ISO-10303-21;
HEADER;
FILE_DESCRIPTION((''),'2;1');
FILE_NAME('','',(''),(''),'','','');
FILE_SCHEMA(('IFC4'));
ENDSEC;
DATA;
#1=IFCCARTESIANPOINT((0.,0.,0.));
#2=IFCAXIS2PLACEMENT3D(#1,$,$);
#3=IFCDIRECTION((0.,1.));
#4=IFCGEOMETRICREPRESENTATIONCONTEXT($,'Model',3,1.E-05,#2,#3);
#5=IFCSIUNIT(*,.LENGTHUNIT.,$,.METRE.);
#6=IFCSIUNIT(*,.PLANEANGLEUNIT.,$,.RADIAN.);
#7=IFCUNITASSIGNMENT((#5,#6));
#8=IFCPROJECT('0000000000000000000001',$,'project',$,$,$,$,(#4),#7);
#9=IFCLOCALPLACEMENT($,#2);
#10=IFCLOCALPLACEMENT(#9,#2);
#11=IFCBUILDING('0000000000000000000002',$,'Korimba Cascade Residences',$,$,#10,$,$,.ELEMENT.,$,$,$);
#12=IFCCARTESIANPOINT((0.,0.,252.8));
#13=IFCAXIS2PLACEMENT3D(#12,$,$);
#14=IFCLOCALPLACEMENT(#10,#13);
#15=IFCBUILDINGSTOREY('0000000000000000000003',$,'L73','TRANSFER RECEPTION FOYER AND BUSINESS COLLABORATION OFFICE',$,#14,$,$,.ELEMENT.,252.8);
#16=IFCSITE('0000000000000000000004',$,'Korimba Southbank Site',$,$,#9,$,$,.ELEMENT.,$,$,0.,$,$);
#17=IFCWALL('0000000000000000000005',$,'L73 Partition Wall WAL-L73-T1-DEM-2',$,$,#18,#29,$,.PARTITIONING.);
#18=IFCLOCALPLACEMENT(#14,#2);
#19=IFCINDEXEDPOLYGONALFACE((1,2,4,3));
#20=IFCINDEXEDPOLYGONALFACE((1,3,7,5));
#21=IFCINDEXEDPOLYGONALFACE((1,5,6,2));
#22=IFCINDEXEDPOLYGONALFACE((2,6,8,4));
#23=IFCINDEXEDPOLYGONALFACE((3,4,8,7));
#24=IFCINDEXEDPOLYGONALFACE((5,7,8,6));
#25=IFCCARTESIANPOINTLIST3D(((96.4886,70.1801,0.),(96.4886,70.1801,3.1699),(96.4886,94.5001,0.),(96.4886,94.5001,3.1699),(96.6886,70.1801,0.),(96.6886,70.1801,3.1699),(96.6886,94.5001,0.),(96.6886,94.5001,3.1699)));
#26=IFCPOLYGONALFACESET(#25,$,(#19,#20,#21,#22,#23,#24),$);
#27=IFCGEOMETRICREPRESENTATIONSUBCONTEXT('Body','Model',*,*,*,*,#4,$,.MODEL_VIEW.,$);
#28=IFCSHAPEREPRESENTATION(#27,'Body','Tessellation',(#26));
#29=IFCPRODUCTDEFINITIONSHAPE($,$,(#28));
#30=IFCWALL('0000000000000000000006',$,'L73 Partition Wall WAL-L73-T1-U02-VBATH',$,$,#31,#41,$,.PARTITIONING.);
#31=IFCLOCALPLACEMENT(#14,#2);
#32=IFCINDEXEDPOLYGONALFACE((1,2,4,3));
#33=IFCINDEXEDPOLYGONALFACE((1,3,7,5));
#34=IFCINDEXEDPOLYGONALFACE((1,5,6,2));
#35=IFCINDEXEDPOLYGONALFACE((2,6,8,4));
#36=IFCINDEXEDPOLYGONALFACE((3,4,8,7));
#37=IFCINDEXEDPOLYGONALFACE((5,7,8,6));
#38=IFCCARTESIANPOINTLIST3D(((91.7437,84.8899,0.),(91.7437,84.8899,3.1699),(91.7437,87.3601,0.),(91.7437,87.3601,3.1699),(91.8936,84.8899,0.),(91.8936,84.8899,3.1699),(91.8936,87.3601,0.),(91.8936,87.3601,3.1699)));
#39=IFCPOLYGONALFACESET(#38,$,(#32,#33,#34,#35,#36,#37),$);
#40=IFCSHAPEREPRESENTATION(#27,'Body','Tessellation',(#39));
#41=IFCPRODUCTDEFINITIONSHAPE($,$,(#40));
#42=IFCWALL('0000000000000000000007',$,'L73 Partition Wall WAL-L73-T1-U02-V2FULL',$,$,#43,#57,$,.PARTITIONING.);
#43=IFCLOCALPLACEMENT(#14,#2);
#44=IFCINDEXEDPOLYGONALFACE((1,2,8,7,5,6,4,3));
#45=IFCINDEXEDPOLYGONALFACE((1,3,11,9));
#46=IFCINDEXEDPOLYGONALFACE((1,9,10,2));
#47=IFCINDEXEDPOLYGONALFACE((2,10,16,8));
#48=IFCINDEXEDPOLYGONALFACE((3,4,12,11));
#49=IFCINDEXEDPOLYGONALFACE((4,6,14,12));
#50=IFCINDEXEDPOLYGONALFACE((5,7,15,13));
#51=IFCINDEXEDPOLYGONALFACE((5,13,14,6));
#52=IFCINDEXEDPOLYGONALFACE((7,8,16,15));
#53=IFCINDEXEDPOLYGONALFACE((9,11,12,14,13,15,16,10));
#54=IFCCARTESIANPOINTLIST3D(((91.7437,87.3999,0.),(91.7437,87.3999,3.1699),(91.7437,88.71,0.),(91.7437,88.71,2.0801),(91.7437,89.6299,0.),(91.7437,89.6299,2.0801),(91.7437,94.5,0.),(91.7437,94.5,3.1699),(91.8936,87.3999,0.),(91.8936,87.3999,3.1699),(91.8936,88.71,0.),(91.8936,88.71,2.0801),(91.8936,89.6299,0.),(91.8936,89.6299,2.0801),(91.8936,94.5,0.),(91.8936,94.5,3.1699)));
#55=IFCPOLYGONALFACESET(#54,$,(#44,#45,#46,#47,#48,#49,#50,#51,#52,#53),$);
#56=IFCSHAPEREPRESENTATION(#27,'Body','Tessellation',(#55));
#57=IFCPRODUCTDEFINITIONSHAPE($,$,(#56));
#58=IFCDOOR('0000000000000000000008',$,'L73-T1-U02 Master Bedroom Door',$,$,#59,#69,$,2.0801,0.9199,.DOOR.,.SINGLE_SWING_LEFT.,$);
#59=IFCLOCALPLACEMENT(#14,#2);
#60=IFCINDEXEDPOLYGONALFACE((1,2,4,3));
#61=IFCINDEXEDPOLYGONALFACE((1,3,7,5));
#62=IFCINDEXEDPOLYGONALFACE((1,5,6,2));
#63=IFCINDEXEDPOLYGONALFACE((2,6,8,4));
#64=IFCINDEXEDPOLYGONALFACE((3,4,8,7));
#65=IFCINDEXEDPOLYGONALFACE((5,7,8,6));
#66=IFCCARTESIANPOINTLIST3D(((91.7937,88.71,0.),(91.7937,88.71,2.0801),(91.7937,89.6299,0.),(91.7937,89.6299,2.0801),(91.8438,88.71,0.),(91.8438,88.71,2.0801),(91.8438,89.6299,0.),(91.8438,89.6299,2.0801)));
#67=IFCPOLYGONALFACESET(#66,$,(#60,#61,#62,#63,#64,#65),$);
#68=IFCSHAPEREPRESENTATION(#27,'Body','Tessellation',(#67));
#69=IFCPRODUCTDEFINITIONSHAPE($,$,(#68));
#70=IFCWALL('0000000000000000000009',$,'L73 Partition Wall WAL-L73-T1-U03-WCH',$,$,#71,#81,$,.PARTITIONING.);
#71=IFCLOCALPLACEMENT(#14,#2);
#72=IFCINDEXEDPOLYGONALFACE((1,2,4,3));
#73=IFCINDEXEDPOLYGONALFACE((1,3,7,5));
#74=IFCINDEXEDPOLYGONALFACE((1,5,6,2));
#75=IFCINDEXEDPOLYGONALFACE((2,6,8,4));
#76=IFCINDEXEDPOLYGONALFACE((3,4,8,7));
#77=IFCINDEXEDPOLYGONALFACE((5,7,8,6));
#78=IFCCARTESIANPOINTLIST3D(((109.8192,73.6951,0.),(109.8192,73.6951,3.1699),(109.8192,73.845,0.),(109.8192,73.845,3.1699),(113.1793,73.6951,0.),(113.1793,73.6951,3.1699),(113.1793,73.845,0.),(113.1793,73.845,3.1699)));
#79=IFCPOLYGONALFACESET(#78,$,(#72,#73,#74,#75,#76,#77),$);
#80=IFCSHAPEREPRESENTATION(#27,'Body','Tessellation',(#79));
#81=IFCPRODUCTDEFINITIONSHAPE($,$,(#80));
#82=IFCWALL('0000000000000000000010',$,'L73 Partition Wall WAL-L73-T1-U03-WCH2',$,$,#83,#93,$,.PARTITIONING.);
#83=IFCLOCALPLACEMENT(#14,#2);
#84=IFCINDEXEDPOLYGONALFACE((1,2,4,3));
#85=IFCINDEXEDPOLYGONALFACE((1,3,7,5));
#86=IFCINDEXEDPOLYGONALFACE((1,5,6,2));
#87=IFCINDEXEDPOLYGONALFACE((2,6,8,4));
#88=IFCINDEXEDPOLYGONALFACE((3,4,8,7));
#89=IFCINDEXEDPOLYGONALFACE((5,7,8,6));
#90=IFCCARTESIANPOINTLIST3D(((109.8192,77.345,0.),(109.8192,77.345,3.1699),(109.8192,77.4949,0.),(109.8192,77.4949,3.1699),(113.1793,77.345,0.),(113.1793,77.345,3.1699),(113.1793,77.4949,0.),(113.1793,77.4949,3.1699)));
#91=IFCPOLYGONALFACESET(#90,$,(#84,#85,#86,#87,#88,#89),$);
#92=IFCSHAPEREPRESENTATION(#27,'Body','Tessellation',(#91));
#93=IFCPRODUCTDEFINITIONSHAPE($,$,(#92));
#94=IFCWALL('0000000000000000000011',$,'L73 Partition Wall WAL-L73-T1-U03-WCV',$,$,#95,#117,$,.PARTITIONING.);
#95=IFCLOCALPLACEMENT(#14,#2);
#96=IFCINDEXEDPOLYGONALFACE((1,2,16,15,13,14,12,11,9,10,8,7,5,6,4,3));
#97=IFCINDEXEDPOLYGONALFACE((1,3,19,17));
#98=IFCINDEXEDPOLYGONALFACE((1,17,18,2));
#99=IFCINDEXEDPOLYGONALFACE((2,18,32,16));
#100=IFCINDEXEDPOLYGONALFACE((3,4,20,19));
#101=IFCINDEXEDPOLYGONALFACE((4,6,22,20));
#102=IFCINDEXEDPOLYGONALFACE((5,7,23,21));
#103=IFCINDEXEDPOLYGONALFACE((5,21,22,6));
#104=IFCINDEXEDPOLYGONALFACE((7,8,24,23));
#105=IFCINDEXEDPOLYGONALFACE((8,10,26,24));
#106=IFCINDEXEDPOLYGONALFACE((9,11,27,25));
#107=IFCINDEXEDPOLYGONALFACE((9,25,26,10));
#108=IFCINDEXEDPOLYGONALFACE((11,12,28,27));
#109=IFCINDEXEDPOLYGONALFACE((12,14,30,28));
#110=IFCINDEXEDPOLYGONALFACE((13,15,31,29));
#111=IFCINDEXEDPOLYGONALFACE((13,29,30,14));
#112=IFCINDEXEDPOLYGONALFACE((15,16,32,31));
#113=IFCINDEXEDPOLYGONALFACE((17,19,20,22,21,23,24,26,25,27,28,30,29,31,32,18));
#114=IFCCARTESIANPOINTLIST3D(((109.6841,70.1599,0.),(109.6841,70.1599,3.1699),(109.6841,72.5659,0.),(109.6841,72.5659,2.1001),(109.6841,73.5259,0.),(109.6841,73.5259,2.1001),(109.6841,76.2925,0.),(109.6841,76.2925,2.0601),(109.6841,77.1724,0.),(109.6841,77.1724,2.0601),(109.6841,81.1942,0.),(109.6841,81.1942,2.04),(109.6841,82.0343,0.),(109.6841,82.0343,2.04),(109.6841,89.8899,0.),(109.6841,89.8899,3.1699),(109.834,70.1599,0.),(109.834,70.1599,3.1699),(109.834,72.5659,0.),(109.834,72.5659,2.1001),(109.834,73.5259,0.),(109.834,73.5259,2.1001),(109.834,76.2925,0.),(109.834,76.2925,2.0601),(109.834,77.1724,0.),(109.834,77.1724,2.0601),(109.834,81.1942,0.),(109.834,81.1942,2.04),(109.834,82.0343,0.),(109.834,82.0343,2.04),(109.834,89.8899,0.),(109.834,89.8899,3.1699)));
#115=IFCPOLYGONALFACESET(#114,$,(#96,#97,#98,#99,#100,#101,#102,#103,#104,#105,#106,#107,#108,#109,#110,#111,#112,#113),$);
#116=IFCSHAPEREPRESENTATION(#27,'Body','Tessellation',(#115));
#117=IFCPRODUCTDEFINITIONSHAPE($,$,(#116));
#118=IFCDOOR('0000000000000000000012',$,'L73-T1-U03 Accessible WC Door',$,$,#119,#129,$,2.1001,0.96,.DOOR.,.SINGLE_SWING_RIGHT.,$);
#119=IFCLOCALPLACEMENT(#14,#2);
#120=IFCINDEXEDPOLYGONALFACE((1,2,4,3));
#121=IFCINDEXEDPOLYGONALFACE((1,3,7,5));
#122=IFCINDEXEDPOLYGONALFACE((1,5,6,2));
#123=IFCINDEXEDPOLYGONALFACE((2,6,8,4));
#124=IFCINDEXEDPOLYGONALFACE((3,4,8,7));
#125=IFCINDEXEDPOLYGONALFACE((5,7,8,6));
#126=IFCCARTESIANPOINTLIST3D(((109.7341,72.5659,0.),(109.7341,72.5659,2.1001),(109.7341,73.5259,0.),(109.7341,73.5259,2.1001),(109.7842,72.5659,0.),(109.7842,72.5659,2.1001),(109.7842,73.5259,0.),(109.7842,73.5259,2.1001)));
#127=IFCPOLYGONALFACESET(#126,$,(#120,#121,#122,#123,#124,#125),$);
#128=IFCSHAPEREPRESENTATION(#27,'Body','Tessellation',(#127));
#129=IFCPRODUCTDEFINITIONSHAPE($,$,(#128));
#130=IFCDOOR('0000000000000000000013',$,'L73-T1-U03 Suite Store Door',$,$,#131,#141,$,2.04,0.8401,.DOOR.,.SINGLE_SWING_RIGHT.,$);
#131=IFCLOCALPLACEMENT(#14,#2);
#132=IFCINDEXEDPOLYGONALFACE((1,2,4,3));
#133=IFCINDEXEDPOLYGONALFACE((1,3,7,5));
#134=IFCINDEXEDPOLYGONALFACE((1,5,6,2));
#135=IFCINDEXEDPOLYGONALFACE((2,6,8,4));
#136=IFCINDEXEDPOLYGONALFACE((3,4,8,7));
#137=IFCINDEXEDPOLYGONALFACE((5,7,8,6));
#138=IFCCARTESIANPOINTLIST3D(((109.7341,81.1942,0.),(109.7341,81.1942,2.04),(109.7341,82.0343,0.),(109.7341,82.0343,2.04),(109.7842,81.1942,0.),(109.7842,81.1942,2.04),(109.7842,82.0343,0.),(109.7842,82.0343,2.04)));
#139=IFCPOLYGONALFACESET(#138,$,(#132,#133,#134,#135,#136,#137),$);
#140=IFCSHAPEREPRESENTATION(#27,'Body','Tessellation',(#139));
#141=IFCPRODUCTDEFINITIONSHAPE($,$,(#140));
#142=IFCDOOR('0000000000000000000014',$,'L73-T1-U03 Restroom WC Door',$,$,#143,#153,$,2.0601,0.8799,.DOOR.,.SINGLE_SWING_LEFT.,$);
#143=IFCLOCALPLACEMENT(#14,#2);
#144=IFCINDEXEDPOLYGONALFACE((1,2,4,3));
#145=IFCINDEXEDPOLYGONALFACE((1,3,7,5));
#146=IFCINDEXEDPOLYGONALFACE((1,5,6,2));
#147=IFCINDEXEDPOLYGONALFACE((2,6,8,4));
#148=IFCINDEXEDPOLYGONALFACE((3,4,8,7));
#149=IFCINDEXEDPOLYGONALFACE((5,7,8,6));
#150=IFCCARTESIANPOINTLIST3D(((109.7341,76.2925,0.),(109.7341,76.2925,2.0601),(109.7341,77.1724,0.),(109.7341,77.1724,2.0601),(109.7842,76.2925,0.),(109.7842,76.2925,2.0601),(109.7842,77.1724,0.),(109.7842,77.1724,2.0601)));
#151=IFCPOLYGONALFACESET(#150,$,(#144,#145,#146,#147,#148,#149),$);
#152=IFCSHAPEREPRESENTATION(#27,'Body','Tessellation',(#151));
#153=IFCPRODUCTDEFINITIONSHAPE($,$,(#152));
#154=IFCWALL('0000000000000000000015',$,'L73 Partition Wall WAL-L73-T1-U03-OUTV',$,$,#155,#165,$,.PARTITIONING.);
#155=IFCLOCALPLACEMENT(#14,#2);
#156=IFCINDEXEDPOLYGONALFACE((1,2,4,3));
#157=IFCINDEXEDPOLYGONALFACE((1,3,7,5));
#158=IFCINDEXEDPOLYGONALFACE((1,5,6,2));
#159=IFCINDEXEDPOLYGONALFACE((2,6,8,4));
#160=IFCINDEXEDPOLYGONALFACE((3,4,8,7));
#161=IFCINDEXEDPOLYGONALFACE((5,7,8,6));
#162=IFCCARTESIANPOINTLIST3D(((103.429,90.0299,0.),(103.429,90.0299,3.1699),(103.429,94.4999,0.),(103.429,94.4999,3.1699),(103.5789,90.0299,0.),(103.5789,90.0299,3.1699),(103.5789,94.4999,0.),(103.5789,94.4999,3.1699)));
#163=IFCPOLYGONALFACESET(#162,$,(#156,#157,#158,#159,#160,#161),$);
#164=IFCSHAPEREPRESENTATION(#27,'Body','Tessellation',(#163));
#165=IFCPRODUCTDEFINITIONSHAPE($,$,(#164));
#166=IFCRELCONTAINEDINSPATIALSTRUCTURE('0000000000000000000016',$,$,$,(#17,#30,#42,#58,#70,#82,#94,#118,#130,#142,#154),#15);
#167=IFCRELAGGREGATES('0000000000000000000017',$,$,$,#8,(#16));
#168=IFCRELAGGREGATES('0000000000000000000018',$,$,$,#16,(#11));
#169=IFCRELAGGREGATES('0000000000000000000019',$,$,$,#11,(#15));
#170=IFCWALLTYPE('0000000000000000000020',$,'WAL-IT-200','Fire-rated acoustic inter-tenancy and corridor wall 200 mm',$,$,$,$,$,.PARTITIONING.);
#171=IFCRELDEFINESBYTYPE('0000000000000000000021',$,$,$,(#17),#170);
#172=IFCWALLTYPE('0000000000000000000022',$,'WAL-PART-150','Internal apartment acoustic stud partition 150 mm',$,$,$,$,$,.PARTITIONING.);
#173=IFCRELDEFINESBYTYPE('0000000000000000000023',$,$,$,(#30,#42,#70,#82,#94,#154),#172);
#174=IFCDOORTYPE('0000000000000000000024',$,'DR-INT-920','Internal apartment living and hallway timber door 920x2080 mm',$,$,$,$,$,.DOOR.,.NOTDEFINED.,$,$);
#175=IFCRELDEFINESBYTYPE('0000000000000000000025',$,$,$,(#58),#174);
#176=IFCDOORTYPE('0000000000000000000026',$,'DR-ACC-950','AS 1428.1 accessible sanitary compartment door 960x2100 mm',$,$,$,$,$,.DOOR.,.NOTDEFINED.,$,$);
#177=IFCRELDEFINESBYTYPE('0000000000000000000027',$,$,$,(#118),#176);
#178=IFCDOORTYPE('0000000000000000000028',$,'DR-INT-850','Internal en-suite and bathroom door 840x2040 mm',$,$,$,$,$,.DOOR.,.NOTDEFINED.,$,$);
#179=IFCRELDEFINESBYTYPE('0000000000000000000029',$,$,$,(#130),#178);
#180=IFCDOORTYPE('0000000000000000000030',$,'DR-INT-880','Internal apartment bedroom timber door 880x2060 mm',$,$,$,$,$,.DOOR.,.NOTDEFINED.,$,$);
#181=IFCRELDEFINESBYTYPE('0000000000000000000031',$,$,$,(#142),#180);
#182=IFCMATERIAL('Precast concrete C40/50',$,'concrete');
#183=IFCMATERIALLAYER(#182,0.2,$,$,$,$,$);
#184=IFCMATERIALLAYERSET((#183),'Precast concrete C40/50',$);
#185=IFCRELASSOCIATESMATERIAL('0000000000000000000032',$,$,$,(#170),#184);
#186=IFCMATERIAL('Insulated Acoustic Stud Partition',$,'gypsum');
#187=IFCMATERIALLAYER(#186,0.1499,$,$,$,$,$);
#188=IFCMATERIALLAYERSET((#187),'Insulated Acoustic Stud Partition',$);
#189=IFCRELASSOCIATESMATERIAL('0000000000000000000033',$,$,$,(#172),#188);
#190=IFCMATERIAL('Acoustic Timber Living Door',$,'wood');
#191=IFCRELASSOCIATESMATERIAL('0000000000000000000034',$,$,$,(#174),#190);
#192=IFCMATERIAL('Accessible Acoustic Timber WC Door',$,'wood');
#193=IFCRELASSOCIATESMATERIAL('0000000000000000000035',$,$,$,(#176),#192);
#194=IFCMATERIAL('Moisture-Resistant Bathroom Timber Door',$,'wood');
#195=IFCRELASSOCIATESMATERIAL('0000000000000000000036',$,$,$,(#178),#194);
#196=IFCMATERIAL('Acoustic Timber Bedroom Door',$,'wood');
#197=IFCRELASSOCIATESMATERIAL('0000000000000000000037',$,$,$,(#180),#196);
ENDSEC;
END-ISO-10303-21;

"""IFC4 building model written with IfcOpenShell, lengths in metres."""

from ifc_helpers import new_model, si_unit, direction, frame, frame_2d, origin, place, context, subcontext, project, spatial, rectangle, extrude, material, layer, layer_set, type_object, element, fill, save


model = new_model("IFC4")

# Units and contexts
model_context = context("Model", 3, precision=1e-05, world=origin(), true_north=direction((0.0, 1.0)))
body_context = subcontext(model_context, "Body", "Model", "MODEL_VIEW")
ifc_project = project(units=[si_unit("LENGTHUNIT", "METRE"), si_unit("PLANEANGLEUNIT", "RADIAN")], contexts=[model_context])

# Site, building, storey
site_placement = place(None, origin())
site = spatial("IfcSite", under=ifc_project, at=site_placement, Name="Korimba Southbank Site", CompositionType="ELEMENT", RefElevation=0.0)
building_placement = place(site_placement, origin())
building = spatial("IfcBuilding", under=site, at=building_placement, Name="Korimba Cascade Residences", CompositionType="ELEMENT")
storey_placement = place(building_placement, frame((0.0, 0.0, 252.8)))
storey = spatial("IfcBuildingStorey", under=building, at=storey_placement, Name="L73", Description="TRANSFER RECEPTION FOYER AND BUSINESS COLLABORATION OFFICE", CompositionType="ELEMENT", Elevation=252.8)

# Walls
ifc_material_1 = material(Name="Precast concrete C40/50", Category="concrete")
ifc_layer_1 = layer(ifc_material_1, 0.2)
ifc_layer_set_1 = layer_set([ifc_layer_1], Name="Precast concrete C40/50")
wall_type_1 = type_object("IfcWallType", Name="WAL-IT-200", Description="Fire-rated acoustic inter-tenancy and corridor wall 200 mm", PredefinedType="PARTITIONING", material=ifc_layer_set_1)
wall_1_placement = place(storey_placement, frame((96.5886, 70.1799, 0.0), z_axis=(0.0, 0.0, 1.0), x_axis=(0.0, 1.0, 0.0)))
element("IfcWall", 1, at=wall_1_placement, inside=storey, type_object=wall_type_1, Name="L73 Partition Wall WAL-L73-T1-DEM-2", PredefinedType="PARTITIONING", context=body_context, shape_type="SweptSolid", body=[
    extrude(rectangle(XDim=24.3201, YDim=0.2, at=frame_2d((12.1602, 0.0))), origin(), (0.0, 0.0, 1.0), 3.1699),
])
ifc_material_2 = material(Name="Insulated Acoustic Stud Partition", Category="gypsum")
ifc_layer_2 = layer(ifc_material_2, 0.1499)
ifc_layer_set_2 = layer_set([ifc_layer_2], Name="Insulated Acoustic Stud Partition")
wall_type_2 = type_object("IfcWallType", Name="WAL-PART-150", Description="Internal apartment acoustic stud partition 150 mm", PredefinedType="PARTITIONING", material=ifc_layer_set_2)
wall_2_placement = place(storey_placement, frame((91.8186, 84.8899, 0.0), z_axis=(0.0, 0.0, 1.0), x_axis=(0.0, 1.0, 0.0)))
element("IfcWall", 2, at=wall_2_placement, inside=storey, type_object=wall_type_2, Name="L73 Partition Wall WAL-L73-T1-U02-VBATH", PredefinedType="PARTITIONING", context=body_context, shape_type="SweptSolid", body=[
    extrude(rectangle(XDim=2.4702, YDim=0.1499, at=frame_2d((1.2351, 0.0))), origin(), (0.0, 0.0, 1.0), 3.1699),
])

# Wall, opening, door
wall_3_placement = place(storey_placement, frame((91.8186, 87.3999, 0.0), z_axis=(0.0, 0.0, 1.0), x_axis=(0.0, 1.0, 0.0)))
wall_3 = element("IfcWall", 3, at=wall_3_placement, inside=storey, type_object=wall_type_2, Name="L73 Partition Wall WAL-L73-T1-U02-V2FULL", PredefinedType="PARTITIONING", context=body_context, shape_type="SweptSolid", body=[
    extrude(rectangle(XDim=7.1001, YDim=0.1499, at=frame_2d((3.55, 0.0))), origin(), (0.0, 0.0, 1.0), 3.1699),
])
opening_1_placement = place(wall_3_placement, frame((1.3101, 0.0, 0.0)))
opening_1 = element("IfcOpeningElement", 4, at=opening_1_placement, cuts=wall_3, PredefinedType="OPENING", context=body_context, shape_type="SweptSolid", body=[
    extrude(rectangle(XDim=0.9199, YDim=2.0801, at=frame_2d((0.46, 1.04))), frame((0.0, 0.085, 0.0), z_axis=(0.0, -1.0, 0.0), x_axis=(1.0, 0.0, 0.0)), (0.0, 0.0, 1.0), 0.1699),
])
ifc_material_3 = material(Name="Acoustic Timber Living Door", Category="wood")
door_type_1 = type_object("IfcDoorType", Name="DR-INT-920", Description="Internal apartment living and hallway timber door 920x2080 mm", OperationType="NOTDEFINED", PredefinedType="DOOR", material=ifc_material_3)
door_1_placement = place(opening_1_placement, origin())
door_1 = element("IfcDoor", 5, at=door_1_placement, inside=storey, type_object=door_type_1, Name="L73-T1-U02 Master Bedroom Door", OperationType="SINGLE_SWING_LEFT", OverallHeight=2.0801, OverallWidth=0.9199, PredefinedType="DOOR", context=body_context, shape_type="SweptSolid", body=[
    extrude(rectangle(XDim=0.9199, YDim=2.0801, at=frame_2d((0.46, 1.04))), frame((0.0, 0.0249, 0.0), z_axis=(0.0, -1.0, 0.0), x_axis=(1.0, 0.0, 0.0)), (0.0, 0.0, 1.0), 0.05),
])
fill(opening_1, door_1)

# Walls
for number, where, z_axis, x_axis, name in (
    (6, (109.8191, 73.77, 0.0), (0.0, 0.0, 1.0), (1.0, 0.0, 0.0), "L73 Partition Wall WAL-L73-T1-U03-WCH"),
    (7, (109.8191, 77.4199, 0.0), (0.0, 0.0, 1.0), (1.0, 0.0, 0.0), "L73 Partition Wall WAL-L73-T1-U03-WCH2"),
):
    element("IfcWall", number, at=place(storey_placement, frame(where, z_axis=z_axis, x_axis=x_axis)), inside=storey, type_object=wall_type_2, Name=name, PredefinedType="PARTITIONING", context=body_context, shape_type="SweptSolid", body=[
        extrude(rectangle(XDim=3.3601, YDim=0.1499, at=frame_2d((1.6802, 0.0))), origin(), (0.0, 0.0, 1.0), 3.1699),
    ])

# Wall, openings, doors
wall_4_placement = place(storey_placement, frame((109.759, 70.1599, 0.0), z_axis=(0.0, 0.0, 1.0), x_axis=(0.0, 1.0, 0.0)))
wall_4 = element("IfcWall", 8, at=wall_4_placement, inside=storey, type_object=wall_type_2, Name="L73 Partition Wall WAL-L73-T1-U03-WCV", PredefinedType="PARTITIONING", context=body_context, shape_type="SweptSolid", body=[
    extrude(rectangle(XDim=19.73, YDim=0.1499, at=frame_2d((9.865, 0.0))), origin(), (0.0, 0.0, 1.0), 3.1699),
])
opening_2_placement = place(wall_4_placement, frame((2.406, 0.0, 0.0)))
opening_2 = element("IfcOpeningElement", 9, at=opening_2_placement, cuts=wall_4, PredefinedType="OPENING", context=body_context, shape_type="SweptSolid", body=[
    extrude(rectangle(XDim=0.96, YDim=2.1001, at=frame_2d((0.48, 1.05))), frame((0.0, 0.085, 0.0), z_axis=(0.0, -1.0, 0.0), x_axis=(1.0, 0.0, 0.0)), (0.0, 0.0, 1.0), 0.1699),
])
opening_3_placement = place(wall_4_placement, frame((6.1326, 0.0, 0.0)))
opening_3 = element("IfcOpeningElement", 10, at=opening_3_placement, cuts=wall_4, PredefinedType="OPENING", context=body_context, shape_type="SweptSolid", body=[
    extrude(rectangle(XDim=0.8799, YDim=2.0601, at=frame_2d((0.4399, 1.03))), frame((0.0, 0.085, 0.0), z_axis=(0.0, -1.0, 0.0), x_axis=(1.0, 0.0, 0.0)), (0.0, 0.0, 1.0), 0.1699),
])
opening_4_placement = place(wall_4_placement, frame((11.0344, 0.0, 0.0)))
opening_4 = element("IfcOpeningElement", 11, at=opening_4_placement, cuts=wall_4, PredefinedType="OPENING", context=body_context, shape_type="SweptSolid", body=[
    extrude(rectangle(XDim=0.8401, YDim=2.04, at=frame_2d((0.4199, 1.02))), frame((0.0, 0.085, 0.0), z_axis=(0.0, -1.0, 0.0), x_axis=(1.0, 0.0, 0.0)), (0.0, 0.0, 1.0), 0.1699),
])
ifc_material_4 = material(Name="Accessible Acoustic Timber WC Door", Category="wood")
door_type_2 = type_object("IfcDoorType", Name="DR-ACC-950", Description="AS 1428.1 accessible sanitary compartment door 960x2100 mm", OperationType="NOTDEFINED", PredefinedType="DOOR", material=ifc_material_4)
door_2_placement = place(opening_2_placement, origin())
door_2 = element("IfcDoor", 12, at=door_2_placement, inside=storey, type_object=door_type_2, Name="L73-T1-U03 Accessible WC Door", OperationType="SINGLE_SWING_RIGHT", OverallHeight=2.1001, OverallWidth=0.96, PredefinedType="DOOR", context=body_context, shape_type="SweptSolid", body=[
    extrude(rectangle(XDim=0.96, YDim=2.1001, at=frame_2d((0.48, 1.05))), frame((0.0, 0.0249, 0.0), z_axis=(0.0, -1.0, 0.0), x_axis=(1.0, 0.0, 0.0)), (0.0, 0.0, 1.0), 0.05),
])
fill(opening_2, door_2)
ifc_material_5 = material(Name="Moisture-Resistant Bathroom Timber Door", Category="wood")
door_type_3 = type_object("IfcDoorType", Name="DR-INT-850", Description="Internal en-suite and bathroom door 840x2040 mm", OperationType="NOTDEFINED", PredefinedType="DOOR", material=ifc_material_5)
door_3_placement = place(opening_4_placement, origin())
door_3 = element("IfcDoor", 13, at=door_3_placement, inside=storey, type_object=door_type_3, Name="L73-T1-U03 Suite Store Door", OperationType="SINGLE_SWING_RIGHT", OverallHeight=2.04, OverallWidth=0.8401, PredefinedType="DOOR", context=body_context, shape_type="SweptSolid", body=[
    extrude(rectangle(XDim=0.8401, YDim=2.04, at=frame_2d((0.4199, 1.02))), frame((0.0, 0.0249, 0.0), z_axis=(0.0, -1.0, 0.0), x_axis=(1.0, 0.0, 0.0)), (0.0, 0.0, 1.0), 0.05),
])
fill(opening_4, door_3)
ifc_material_6 = material(Name="Acoustic Timber Bedroom Door", Category="wood")
door_type_4 = type_object("IfcDoorType", Name="DR-INT-880", Description="Internal apartment bedroom timber door 880x2060 mm", OperationType="NOTDEFINED", PredefinedType="DOOR", material=ifc_material_6)
door_4_placement = place(opening_3_placement, origin())
door_4 = element("IfcDoor", 14, at=door_4_placement, inside=storey, type_object=door_type_4, Name="L73-T1-U03 Restroom WC Door", OperationType="SINGLE_SWING_LEFT", OverallHeight=2.0601, OverallWidth=0.8799, PredefinedType="DOOR", context=body_context, shape_type="SweptSolid", body=[
    extrude(rectangle(XDim=0.8799, YDim=2.0601, at=frame_2d((0.4399, 1.03))), frame((0.0, 0.0249, 0.0), z_axis=(0.0, -1.0, 0.0), x_axis=(1.0, 0.0, 0.0)), (0.0, 0.0, 1.0), 0.05),
])
fill(opening_3, door_4)

# Wall
wall_5_placement = place(storey_placement, frame((103.5039, 90.03, 0.0), z_axis=(0.0, 0.0, 1.0), x_axis=(0.0, 1.0, 0.0)))
element("IfcWall", 15, at=wall_5_placement, inside=storey, type_object=wall_type_2, Name="L73 Partition Wall WAL-L73-T1-U03-OUTV", PredefinedType="PARTITIONING", context=body_context, shape_type="SweptSolid", body=[
    extrude(rectangle(XDim=4.47, YDim=0.1499, at=frame_2d((2.2349, 0.0))), origin(), (0.0, 0.0, 1.0), 3.1699),
])

save(model, "model.ifc")
